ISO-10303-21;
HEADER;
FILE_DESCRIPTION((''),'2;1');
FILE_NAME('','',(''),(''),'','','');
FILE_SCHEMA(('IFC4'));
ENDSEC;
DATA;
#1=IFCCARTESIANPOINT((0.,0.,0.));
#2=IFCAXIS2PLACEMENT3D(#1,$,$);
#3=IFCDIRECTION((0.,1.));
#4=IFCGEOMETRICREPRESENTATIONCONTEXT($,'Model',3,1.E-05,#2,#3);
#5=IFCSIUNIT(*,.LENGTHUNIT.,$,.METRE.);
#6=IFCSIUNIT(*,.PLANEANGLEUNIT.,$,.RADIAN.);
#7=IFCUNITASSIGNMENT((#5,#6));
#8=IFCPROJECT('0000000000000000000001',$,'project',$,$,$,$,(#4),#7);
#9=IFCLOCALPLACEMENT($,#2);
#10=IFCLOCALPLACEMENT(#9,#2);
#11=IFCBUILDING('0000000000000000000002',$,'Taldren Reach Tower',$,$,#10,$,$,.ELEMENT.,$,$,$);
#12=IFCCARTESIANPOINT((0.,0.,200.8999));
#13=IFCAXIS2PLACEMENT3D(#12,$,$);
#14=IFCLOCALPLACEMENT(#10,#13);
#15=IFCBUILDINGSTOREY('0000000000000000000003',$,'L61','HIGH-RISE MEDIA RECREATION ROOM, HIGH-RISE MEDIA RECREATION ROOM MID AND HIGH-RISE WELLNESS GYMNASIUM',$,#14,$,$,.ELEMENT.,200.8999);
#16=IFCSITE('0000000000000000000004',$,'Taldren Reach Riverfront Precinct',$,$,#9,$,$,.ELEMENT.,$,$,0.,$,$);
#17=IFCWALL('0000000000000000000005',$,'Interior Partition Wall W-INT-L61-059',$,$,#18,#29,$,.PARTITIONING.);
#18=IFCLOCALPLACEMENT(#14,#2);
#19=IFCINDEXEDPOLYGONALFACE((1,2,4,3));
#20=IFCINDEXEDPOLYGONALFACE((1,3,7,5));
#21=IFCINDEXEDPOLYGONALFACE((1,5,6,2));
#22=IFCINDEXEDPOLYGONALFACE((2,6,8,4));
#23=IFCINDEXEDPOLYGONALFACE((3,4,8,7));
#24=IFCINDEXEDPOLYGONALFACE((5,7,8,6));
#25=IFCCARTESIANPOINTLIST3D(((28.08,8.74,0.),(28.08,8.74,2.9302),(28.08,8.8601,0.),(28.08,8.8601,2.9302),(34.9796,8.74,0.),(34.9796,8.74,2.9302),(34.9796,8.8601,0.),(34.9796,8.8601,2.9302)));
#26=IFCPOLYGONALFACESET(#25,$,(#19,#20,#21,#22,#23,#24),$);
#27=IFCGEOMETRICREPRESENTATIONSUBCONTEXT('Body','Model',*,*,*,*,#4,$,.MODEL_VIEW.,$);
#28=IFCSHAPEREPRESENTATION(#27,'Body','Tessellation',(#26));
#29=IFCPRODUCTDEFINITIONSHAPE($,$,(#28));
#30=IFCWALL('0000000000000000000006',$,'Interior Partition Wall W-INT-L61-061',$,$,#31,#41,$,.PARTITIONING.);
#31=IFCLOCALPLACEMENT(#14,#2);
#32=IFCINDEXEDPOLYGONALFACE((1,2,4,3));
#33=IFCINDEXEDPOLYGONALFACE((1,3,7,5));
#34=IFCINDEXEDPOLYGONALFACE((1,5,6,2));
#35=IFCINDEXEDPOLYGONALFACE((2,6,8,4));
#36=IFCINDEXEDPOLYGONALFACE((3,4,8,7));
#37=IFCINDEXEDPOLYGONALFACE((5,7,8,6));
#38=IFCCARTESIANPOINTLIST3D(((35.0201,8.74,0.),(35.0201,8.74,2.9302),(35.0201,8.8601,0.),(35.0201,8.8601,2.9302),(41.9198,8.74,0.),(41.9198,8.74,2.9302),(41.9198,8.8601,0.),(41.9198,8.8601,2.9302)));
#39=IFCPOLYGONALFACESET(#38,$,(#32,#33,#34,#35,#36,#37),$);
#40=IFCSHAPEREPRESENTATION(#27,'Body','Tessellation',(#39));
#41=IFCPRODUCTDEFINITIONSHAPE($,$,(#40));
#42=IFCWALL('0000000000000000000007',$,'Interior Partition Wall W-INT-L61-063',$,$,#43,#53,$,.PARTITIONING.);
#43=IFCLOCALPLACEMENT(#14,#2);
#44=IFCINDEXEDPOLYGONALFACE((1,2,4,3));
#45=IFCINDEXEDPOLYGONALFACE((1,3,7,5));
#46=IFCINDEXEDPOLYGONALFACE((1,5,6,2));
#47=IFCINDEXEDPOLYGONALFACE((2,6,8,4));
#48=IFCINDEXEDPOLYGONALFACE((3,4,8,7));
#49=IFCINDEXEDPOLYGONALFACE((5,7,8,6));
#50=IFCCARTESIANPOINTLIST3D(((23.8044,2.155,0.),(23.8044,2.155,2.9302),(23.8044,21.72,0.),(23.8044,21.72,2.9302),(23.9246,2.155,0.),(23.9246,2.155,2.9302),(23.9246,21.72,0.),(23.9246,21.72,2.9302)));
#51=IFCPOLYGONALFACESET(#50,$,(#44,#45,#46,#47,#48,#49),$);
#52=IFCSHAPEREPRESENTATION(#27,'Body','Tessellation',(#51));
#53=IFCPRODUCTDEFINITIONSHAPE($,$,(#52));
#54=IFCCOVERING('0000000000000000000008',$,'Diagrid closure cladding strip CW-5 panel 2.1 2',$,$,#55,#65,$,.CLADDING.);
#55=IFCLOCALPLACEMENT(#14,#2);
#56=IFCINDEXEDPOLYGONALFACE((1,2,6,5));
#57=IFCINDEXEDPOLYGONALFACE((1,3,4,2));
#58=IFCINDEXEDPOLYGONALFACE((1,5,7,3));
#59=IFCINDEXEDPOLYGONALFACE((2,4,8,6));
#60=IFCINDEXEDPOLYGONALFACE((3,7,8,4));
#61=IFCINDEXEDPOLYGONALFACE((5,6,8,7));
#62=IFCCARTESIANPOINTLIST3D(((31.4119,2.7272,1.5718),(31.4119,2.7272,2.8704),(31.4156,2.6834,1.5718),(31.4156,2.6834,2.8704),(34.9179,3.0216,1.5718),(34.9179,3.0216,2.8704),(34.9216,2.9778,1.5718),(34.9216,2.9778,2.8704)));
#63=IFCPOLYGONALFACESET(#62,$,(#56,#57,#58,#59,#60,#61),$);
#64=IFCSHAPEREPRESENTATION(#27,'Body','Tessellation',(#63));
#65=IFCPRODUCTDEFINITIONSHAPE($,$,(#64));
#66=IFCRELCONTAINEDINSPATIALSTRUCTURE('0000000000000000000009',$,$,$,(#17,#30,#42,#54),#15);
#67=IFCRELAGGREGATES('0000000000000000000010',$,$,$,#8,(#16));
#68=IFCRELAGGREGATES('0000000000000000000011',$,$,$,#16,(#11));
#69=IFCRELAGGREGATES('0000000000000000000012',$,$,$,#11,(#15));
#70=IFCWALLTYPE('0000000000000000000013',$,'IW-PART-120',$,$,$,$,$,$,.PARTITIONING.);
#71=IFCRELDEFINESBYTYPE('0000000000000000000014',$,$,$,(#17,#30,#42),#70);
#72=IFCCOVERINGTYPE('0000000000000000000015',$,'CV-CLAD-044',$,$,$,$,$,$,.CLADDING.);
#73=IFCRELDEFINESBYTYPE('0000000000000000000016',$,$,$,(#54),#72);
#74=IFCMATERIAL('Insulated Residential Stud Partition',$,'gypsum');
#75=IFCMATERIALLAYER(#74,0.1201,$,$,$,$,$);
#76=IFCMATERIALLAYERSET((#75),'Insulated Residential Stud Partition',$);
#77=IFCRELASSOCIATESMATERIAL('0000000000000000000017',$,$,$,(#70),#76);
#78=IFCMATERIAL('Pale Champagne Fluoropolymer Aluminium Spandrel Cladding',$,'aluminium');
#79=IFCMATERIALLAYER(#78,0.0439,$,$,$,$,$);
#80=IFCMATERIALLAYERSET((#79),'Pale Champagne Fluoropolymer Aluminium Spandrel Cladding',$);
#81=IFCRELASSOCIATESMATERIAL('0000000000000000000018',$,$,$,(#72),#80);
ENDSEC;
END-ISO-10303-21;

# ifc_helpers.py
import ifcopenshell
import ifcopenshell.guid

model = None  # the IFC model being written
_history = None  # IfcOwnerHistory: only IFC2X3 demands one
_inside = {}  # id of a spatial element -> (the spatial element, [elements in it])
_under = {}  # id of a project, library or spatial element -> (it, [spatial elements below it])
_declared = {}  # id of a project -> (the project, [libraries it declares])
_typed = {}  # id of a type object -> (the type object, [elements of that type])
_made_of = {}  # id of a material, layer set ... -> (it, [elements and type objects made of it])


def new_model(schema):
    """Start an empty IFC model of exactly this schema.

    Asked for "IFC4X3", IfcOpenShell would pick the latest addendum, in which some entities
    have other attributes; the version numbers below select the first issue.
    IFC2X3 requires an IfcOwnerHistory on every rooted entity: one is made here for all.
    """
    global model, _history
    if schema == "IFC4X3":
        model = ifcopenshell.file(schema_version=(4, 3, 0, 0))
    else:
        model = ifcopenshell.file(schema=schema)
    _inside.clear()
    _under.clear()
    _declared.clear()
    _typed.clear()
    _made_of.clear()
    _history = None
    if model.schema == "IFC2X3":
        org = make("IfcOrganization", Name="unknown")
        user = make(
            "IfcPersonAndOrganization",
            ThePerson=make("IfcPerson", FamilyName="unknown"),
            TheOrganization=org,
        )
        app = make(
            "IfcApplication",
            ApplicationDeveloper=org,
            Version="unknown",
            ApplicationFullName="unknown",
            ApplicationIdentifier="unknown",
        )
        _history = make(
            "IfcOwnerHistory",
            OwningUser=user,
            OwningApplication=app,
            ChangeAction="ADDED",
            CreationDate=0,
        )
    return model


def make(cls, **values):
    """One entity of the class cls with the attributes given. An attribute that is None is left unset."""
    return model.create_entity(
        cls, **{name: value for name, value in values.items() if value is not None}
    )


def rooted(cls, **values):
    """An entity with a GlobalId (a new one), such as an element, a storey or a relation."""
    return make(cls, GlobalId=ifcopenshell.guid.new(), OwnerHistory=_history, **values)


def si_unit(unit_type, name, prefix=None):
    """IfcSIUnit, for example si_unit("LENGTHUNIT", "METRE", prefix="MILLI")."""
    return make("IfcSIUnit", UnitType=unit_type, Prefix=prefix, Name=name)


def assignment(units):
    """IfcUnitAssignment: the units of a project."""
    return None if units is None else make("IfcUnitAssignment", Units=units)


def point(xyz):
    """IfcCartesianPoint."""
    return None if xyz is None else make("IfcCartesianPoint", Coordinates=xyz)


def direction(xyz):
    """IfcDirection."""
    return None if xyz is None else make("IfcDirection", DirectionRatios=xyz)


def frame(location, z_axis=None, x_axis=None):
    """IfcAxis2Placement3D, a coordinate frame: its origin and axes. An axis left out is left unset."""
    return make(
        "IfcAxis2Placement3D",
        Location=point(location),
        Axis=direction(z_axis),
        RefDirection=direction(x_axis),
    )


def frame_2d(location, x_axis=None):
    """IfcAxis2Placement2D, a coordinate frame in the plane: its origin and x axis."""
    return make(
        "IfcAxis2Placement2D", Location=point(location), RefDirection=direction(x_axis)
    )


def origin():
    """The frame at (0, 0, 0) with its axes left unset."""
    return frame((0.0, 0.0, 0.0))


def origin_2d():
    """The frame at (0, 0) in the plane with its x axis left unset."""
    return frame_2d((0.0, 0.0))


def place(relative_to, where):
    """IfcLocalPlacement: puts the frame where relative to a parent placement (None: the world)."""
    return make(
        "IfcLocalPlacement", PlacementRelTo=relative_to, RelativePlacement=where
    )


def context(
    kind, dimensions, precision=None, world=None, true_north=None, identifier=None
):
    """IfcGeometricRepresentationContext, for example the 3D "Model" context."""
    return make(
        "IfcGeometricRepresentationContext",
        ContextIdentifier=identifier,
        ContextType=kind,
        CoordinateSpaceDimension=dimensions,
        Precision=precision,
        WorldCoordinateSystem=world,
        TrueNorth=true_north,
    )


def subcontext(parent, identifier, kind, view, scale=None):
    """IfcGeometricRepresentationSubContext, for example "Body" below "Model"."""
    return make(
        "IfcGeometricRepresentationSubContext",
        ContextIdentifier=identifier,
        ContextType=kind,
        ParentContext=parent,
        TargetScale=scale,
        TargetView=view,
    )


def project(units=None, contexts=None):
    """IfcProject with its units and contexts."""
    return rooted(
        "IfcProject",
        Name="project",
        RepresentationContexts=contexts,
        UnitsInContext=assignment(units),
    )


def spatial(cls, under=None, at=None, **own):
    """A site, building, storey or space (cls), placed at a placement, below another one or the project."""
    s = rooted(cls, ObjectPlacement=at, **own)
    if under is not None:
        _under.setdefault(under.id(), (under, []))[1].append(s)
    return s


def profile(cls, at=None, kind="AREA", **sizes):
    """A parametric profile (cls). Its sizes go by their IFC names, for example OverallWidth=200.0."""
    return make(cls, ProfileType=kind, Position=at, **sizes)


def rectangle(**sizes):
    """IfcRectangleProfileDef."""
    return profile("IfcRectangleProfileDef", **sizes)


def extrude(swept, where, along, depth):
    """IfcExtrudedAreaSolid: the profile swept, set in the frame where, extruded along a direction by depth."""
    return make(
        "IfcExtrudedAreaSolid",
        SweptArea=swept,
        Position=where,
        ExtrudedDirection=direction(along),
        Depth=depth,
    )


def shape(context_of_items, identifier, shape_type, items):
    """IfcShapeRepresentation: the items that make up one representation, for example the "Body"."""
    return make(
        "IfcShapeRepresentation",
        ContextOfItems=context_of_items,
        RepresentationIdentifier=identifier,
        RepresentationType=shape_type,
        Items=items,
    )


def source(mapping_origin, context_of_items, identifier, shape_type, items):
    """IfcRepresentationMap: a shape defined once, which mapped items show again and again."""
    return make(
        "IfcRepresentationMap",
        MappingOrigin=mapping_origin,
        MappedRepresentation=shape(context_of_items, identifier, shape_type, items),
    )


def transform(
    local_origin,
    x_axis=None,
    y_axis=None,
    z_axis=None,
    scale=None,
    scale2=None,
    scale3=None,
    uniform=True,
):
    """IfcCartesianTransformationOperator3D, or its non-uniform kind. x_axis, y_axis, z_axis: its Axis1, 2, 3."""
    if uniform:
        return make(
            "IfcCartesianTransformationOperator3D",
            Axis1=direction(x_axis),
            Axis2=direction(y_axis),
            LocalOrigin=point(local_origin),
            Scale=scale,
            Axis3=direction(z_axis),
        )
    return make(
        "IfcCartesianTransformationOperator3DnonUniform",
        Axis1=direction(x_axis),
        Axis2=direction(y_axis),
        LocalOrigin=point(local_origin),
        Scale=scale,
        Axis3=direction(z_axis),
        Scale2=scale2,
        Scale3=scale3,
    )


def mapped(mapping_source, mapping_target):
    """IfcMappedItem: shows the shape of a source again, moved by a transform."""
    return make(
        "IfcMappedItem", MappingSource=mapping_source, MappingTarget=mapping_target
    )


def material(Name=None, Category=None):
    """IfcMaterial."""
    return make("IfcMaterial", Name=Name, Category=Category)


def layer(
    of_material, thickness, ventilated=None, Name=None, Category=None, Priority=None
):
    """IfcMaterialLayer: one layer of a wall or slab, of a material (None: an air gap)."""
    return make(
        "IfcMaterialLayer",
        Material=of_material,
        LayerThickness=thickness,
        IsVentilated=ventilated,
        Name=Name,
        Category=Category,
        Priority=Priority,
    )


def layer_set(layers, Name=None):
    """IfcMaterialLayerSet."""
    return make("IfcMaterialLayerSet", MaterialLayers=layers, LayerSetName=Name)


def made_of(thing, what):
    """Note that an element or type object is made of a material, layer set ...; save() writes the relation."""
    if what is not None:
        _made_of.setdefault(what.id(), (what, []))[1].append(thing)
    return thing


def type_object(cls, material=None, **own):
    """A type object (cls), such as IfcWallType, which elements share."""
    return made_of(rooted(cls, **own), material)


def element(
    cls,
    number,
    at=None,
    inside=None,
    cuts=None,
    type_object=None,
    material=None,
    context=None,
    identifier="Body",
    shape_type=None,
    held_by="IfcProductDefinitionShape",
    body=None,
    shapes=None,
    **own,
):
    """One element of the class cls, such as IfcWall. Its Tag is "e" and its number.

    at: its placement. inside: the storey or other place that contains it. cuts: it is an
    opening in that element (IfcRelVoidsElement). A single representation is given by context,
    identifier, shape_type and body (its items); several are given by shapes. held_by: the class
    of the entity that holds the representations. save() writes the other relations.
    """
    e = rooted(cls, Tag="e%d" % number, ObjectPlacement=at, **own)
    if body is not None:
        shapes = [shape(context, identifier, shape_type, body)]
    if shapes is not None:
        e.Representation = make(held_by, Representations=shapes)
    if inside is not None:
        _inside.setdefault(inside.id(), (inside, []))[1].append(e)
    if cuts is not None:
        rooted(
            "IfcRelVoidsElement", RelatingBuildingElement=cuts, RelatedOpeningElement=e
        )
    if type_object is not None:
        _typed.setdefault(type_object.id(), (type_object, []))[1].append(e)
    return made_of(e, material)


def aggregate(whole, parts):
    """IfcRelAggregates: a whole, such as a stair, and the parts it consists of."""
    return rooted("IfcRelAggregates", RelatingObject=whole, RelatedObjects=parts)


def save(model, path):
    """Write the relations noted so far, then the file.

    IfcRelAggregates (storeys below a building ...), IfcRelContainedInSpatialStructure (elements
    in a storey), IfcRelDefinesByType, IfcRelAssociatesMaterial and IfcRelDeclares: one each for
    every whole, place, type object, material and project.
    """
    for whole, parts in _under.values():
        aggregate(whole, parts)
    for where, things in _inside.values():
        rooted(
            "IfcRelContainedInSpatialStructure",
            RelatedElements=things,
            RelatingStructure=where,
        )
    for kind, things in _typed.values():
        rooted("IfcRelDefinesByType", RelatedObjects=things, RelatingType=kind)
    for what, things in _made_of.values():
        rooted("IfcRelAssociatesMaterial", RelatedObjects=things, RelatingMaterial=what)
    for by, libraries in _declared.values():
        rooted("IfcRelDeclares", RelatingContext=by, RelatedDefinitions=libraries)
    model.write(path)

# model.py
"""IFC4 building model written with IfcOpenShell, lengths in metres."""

from ifc_helpers import new_model, si_unit, direction, frame, frame_2d, origin, origin_2d, place, context, subcontext, project, spatial, rectangle, extrude, source, transform, mapped, material, layer, layer_set, type_object, element, save


model = new_model("IFC4")

# Units and contexts
model_context = context("Model", 3, precision=1e-05, world=origin(), true_north=direction((0.0, 1.0)))
body_context = subcontext(model_context, "Body", "Model", "MODEL_VIEW")
ifc_project = project(units=[si_unit("LENGTHUNIT", "METRE"), si_unit("PLANEANGLEUNIT", "RADIAN")], contexts=[model_context])

# Site, building, storey
site_placement = place(None, origin())
site = spatial("IfcSite", under=ifc_project, at=site_placement, Name="Taldren Reach Riverfront Precinct", CompositionType="ELEMENT", RefElevation=0.0)
building_placement = place(site_placement, origin())
building = spatial("IfcBuilding", under=site, at=building_placement, Name="Taldren Reach Tower", CompositionType="ELEMENT")
storey_placement = place(building_placement, frame((0.0, 0.0, 200.8999)))
storey = spatial("IfcBuildingStorey", under=building, at=storey_placement, Name="L61", Description="HIGH-RISE MEDIA RECREATION ROOM, HIGH-RISE MEDIA RECREATION ROOM MID AND HIGH-RISE WELLNESS GYMNASIUM", CompositionType="ELEMENT", Elevation=200.8999)

# Shared definitions
ifc_material_1 = material(Name="Insulated Residential Stud Partition", Category="gypsum")
ifc_layer_1 = layer(ifc_material_1, 0.1201)
ifc_layer_set_1 = layer_set([ifc_layer_1], Name="Insulated Residential Stud Partition")
wall_type_1 = type_object("IfcWallType", Name="IW-PART-120", PredefinedType="PARTITIONING", material=ifc_layer_set_1)

# Walls
shared_shape_1 = source(origin(), body_context, "Body", "SweptSolid", [
    extrude(rectangle(XDim=6.8997, YDim=0.1201, at=frame_2d((3.4497, 0.0))), origin(), (0.0, 0.0, 1.0), 2.9302),
])
for number, where, z_axis, x_axis, name in (
    (1, (28.0801, 8.8, 0.0), (0.0, 0.0, 1.0), (1.0, 0.0, 0.0), "Interior Partition Wall W-INT-L61-059"),
    (2, (35.0203, 8.8, 0.0), (0.0, 0.0, 1.0), (1.0, 0.0, 0.0), "Interior Partition Wall W-INT-L61-061"),
):
    element("IfcWall", number, at=place(storey_placement, frame(where, z_axis=z_axis, x_axis=x_axis)), inside=storey, type_object=wall_type_1, Name=name, PredefinedType="PARTITIONING", context=body_context, shape_type="MappedRepresentation", body=[
        mapped(shared_shape_1, transform((0.0, 0.0, 0.0), scale=1.0)),
    ])
shared_shape_2 = source(origin(), body_context, "Body", "SweptSolid", [
    extrude(rectangle(XDim=19.5649, YDim=0.1201, at=frame_2d((9.7825, 0.0))), origin(), (0.0, 0.0, 1.0), 2.9302),
])
wall_1_placement = place(storey_placement, frame((23.8645, 21.72, 0.0), z_axis=(0.0, 0.0, 1.0), x_axis=(0.0, -1.0, 0.0)))
element("IfcWall", 3, at=wall_1_placement, inside=storey, type_object=wall_type_1, Name="Interior Partition Wall W-INT-L61-063", PredefinedType="PARTITIONING", context=body_context, shape_type="MappedRepresentation", body=[
    mapped(shared_shape_2, transform((0.0, 0.0, 0.0), scale=1.0)),
])

# Covering
ifc_material_2 = material(Name="Pale Champagne Fluoropolymer Aluminium Spandrel Cladding", Category="aluminium")
ifc_layer_2 = layer(ifc_material_2, 0.0439)
ifc_layer_set_2 = layer_set([ifc_layer_2], Name="Pale Champagne Fluoropolymer Aluminium Spandrel Cladding")
covering_type = type_object("IfcCoveringType", Name="CV-CLAD-044", PredefinedType="CLADDING", material=ifc_layer_set_2)
shared_shape_3 = source(origin(), body_context, "Body", "SweptSolid", [
    extrude(rectangle(XDim=3.5183, YDim=0.0439, at=origin_2d()), origin(), (0.0, 0.0, 1.0), 1.2986),
])
covering_placement = place(storey_placement, frame((33.1667, 2.8525, 1.5718), z_axis=(0.0, 0.0, 1.0), x_axis=(0.996493, 0.083678, 0.0)))
element("IfcCovering", 4, at=covering_placement, inside=storey, type_object=covering_type, Name="Diagrid closure cladding strip CW-5 panel 2.1 2", PredefinedType="CLADDING", context=body_context, shape_type="MappedRepresentation", body=[
    mapped(shared_shape_3, transform((0.0, 0.0, 0.0), scale=1.0)),
])

save(model, "model.ifc")
